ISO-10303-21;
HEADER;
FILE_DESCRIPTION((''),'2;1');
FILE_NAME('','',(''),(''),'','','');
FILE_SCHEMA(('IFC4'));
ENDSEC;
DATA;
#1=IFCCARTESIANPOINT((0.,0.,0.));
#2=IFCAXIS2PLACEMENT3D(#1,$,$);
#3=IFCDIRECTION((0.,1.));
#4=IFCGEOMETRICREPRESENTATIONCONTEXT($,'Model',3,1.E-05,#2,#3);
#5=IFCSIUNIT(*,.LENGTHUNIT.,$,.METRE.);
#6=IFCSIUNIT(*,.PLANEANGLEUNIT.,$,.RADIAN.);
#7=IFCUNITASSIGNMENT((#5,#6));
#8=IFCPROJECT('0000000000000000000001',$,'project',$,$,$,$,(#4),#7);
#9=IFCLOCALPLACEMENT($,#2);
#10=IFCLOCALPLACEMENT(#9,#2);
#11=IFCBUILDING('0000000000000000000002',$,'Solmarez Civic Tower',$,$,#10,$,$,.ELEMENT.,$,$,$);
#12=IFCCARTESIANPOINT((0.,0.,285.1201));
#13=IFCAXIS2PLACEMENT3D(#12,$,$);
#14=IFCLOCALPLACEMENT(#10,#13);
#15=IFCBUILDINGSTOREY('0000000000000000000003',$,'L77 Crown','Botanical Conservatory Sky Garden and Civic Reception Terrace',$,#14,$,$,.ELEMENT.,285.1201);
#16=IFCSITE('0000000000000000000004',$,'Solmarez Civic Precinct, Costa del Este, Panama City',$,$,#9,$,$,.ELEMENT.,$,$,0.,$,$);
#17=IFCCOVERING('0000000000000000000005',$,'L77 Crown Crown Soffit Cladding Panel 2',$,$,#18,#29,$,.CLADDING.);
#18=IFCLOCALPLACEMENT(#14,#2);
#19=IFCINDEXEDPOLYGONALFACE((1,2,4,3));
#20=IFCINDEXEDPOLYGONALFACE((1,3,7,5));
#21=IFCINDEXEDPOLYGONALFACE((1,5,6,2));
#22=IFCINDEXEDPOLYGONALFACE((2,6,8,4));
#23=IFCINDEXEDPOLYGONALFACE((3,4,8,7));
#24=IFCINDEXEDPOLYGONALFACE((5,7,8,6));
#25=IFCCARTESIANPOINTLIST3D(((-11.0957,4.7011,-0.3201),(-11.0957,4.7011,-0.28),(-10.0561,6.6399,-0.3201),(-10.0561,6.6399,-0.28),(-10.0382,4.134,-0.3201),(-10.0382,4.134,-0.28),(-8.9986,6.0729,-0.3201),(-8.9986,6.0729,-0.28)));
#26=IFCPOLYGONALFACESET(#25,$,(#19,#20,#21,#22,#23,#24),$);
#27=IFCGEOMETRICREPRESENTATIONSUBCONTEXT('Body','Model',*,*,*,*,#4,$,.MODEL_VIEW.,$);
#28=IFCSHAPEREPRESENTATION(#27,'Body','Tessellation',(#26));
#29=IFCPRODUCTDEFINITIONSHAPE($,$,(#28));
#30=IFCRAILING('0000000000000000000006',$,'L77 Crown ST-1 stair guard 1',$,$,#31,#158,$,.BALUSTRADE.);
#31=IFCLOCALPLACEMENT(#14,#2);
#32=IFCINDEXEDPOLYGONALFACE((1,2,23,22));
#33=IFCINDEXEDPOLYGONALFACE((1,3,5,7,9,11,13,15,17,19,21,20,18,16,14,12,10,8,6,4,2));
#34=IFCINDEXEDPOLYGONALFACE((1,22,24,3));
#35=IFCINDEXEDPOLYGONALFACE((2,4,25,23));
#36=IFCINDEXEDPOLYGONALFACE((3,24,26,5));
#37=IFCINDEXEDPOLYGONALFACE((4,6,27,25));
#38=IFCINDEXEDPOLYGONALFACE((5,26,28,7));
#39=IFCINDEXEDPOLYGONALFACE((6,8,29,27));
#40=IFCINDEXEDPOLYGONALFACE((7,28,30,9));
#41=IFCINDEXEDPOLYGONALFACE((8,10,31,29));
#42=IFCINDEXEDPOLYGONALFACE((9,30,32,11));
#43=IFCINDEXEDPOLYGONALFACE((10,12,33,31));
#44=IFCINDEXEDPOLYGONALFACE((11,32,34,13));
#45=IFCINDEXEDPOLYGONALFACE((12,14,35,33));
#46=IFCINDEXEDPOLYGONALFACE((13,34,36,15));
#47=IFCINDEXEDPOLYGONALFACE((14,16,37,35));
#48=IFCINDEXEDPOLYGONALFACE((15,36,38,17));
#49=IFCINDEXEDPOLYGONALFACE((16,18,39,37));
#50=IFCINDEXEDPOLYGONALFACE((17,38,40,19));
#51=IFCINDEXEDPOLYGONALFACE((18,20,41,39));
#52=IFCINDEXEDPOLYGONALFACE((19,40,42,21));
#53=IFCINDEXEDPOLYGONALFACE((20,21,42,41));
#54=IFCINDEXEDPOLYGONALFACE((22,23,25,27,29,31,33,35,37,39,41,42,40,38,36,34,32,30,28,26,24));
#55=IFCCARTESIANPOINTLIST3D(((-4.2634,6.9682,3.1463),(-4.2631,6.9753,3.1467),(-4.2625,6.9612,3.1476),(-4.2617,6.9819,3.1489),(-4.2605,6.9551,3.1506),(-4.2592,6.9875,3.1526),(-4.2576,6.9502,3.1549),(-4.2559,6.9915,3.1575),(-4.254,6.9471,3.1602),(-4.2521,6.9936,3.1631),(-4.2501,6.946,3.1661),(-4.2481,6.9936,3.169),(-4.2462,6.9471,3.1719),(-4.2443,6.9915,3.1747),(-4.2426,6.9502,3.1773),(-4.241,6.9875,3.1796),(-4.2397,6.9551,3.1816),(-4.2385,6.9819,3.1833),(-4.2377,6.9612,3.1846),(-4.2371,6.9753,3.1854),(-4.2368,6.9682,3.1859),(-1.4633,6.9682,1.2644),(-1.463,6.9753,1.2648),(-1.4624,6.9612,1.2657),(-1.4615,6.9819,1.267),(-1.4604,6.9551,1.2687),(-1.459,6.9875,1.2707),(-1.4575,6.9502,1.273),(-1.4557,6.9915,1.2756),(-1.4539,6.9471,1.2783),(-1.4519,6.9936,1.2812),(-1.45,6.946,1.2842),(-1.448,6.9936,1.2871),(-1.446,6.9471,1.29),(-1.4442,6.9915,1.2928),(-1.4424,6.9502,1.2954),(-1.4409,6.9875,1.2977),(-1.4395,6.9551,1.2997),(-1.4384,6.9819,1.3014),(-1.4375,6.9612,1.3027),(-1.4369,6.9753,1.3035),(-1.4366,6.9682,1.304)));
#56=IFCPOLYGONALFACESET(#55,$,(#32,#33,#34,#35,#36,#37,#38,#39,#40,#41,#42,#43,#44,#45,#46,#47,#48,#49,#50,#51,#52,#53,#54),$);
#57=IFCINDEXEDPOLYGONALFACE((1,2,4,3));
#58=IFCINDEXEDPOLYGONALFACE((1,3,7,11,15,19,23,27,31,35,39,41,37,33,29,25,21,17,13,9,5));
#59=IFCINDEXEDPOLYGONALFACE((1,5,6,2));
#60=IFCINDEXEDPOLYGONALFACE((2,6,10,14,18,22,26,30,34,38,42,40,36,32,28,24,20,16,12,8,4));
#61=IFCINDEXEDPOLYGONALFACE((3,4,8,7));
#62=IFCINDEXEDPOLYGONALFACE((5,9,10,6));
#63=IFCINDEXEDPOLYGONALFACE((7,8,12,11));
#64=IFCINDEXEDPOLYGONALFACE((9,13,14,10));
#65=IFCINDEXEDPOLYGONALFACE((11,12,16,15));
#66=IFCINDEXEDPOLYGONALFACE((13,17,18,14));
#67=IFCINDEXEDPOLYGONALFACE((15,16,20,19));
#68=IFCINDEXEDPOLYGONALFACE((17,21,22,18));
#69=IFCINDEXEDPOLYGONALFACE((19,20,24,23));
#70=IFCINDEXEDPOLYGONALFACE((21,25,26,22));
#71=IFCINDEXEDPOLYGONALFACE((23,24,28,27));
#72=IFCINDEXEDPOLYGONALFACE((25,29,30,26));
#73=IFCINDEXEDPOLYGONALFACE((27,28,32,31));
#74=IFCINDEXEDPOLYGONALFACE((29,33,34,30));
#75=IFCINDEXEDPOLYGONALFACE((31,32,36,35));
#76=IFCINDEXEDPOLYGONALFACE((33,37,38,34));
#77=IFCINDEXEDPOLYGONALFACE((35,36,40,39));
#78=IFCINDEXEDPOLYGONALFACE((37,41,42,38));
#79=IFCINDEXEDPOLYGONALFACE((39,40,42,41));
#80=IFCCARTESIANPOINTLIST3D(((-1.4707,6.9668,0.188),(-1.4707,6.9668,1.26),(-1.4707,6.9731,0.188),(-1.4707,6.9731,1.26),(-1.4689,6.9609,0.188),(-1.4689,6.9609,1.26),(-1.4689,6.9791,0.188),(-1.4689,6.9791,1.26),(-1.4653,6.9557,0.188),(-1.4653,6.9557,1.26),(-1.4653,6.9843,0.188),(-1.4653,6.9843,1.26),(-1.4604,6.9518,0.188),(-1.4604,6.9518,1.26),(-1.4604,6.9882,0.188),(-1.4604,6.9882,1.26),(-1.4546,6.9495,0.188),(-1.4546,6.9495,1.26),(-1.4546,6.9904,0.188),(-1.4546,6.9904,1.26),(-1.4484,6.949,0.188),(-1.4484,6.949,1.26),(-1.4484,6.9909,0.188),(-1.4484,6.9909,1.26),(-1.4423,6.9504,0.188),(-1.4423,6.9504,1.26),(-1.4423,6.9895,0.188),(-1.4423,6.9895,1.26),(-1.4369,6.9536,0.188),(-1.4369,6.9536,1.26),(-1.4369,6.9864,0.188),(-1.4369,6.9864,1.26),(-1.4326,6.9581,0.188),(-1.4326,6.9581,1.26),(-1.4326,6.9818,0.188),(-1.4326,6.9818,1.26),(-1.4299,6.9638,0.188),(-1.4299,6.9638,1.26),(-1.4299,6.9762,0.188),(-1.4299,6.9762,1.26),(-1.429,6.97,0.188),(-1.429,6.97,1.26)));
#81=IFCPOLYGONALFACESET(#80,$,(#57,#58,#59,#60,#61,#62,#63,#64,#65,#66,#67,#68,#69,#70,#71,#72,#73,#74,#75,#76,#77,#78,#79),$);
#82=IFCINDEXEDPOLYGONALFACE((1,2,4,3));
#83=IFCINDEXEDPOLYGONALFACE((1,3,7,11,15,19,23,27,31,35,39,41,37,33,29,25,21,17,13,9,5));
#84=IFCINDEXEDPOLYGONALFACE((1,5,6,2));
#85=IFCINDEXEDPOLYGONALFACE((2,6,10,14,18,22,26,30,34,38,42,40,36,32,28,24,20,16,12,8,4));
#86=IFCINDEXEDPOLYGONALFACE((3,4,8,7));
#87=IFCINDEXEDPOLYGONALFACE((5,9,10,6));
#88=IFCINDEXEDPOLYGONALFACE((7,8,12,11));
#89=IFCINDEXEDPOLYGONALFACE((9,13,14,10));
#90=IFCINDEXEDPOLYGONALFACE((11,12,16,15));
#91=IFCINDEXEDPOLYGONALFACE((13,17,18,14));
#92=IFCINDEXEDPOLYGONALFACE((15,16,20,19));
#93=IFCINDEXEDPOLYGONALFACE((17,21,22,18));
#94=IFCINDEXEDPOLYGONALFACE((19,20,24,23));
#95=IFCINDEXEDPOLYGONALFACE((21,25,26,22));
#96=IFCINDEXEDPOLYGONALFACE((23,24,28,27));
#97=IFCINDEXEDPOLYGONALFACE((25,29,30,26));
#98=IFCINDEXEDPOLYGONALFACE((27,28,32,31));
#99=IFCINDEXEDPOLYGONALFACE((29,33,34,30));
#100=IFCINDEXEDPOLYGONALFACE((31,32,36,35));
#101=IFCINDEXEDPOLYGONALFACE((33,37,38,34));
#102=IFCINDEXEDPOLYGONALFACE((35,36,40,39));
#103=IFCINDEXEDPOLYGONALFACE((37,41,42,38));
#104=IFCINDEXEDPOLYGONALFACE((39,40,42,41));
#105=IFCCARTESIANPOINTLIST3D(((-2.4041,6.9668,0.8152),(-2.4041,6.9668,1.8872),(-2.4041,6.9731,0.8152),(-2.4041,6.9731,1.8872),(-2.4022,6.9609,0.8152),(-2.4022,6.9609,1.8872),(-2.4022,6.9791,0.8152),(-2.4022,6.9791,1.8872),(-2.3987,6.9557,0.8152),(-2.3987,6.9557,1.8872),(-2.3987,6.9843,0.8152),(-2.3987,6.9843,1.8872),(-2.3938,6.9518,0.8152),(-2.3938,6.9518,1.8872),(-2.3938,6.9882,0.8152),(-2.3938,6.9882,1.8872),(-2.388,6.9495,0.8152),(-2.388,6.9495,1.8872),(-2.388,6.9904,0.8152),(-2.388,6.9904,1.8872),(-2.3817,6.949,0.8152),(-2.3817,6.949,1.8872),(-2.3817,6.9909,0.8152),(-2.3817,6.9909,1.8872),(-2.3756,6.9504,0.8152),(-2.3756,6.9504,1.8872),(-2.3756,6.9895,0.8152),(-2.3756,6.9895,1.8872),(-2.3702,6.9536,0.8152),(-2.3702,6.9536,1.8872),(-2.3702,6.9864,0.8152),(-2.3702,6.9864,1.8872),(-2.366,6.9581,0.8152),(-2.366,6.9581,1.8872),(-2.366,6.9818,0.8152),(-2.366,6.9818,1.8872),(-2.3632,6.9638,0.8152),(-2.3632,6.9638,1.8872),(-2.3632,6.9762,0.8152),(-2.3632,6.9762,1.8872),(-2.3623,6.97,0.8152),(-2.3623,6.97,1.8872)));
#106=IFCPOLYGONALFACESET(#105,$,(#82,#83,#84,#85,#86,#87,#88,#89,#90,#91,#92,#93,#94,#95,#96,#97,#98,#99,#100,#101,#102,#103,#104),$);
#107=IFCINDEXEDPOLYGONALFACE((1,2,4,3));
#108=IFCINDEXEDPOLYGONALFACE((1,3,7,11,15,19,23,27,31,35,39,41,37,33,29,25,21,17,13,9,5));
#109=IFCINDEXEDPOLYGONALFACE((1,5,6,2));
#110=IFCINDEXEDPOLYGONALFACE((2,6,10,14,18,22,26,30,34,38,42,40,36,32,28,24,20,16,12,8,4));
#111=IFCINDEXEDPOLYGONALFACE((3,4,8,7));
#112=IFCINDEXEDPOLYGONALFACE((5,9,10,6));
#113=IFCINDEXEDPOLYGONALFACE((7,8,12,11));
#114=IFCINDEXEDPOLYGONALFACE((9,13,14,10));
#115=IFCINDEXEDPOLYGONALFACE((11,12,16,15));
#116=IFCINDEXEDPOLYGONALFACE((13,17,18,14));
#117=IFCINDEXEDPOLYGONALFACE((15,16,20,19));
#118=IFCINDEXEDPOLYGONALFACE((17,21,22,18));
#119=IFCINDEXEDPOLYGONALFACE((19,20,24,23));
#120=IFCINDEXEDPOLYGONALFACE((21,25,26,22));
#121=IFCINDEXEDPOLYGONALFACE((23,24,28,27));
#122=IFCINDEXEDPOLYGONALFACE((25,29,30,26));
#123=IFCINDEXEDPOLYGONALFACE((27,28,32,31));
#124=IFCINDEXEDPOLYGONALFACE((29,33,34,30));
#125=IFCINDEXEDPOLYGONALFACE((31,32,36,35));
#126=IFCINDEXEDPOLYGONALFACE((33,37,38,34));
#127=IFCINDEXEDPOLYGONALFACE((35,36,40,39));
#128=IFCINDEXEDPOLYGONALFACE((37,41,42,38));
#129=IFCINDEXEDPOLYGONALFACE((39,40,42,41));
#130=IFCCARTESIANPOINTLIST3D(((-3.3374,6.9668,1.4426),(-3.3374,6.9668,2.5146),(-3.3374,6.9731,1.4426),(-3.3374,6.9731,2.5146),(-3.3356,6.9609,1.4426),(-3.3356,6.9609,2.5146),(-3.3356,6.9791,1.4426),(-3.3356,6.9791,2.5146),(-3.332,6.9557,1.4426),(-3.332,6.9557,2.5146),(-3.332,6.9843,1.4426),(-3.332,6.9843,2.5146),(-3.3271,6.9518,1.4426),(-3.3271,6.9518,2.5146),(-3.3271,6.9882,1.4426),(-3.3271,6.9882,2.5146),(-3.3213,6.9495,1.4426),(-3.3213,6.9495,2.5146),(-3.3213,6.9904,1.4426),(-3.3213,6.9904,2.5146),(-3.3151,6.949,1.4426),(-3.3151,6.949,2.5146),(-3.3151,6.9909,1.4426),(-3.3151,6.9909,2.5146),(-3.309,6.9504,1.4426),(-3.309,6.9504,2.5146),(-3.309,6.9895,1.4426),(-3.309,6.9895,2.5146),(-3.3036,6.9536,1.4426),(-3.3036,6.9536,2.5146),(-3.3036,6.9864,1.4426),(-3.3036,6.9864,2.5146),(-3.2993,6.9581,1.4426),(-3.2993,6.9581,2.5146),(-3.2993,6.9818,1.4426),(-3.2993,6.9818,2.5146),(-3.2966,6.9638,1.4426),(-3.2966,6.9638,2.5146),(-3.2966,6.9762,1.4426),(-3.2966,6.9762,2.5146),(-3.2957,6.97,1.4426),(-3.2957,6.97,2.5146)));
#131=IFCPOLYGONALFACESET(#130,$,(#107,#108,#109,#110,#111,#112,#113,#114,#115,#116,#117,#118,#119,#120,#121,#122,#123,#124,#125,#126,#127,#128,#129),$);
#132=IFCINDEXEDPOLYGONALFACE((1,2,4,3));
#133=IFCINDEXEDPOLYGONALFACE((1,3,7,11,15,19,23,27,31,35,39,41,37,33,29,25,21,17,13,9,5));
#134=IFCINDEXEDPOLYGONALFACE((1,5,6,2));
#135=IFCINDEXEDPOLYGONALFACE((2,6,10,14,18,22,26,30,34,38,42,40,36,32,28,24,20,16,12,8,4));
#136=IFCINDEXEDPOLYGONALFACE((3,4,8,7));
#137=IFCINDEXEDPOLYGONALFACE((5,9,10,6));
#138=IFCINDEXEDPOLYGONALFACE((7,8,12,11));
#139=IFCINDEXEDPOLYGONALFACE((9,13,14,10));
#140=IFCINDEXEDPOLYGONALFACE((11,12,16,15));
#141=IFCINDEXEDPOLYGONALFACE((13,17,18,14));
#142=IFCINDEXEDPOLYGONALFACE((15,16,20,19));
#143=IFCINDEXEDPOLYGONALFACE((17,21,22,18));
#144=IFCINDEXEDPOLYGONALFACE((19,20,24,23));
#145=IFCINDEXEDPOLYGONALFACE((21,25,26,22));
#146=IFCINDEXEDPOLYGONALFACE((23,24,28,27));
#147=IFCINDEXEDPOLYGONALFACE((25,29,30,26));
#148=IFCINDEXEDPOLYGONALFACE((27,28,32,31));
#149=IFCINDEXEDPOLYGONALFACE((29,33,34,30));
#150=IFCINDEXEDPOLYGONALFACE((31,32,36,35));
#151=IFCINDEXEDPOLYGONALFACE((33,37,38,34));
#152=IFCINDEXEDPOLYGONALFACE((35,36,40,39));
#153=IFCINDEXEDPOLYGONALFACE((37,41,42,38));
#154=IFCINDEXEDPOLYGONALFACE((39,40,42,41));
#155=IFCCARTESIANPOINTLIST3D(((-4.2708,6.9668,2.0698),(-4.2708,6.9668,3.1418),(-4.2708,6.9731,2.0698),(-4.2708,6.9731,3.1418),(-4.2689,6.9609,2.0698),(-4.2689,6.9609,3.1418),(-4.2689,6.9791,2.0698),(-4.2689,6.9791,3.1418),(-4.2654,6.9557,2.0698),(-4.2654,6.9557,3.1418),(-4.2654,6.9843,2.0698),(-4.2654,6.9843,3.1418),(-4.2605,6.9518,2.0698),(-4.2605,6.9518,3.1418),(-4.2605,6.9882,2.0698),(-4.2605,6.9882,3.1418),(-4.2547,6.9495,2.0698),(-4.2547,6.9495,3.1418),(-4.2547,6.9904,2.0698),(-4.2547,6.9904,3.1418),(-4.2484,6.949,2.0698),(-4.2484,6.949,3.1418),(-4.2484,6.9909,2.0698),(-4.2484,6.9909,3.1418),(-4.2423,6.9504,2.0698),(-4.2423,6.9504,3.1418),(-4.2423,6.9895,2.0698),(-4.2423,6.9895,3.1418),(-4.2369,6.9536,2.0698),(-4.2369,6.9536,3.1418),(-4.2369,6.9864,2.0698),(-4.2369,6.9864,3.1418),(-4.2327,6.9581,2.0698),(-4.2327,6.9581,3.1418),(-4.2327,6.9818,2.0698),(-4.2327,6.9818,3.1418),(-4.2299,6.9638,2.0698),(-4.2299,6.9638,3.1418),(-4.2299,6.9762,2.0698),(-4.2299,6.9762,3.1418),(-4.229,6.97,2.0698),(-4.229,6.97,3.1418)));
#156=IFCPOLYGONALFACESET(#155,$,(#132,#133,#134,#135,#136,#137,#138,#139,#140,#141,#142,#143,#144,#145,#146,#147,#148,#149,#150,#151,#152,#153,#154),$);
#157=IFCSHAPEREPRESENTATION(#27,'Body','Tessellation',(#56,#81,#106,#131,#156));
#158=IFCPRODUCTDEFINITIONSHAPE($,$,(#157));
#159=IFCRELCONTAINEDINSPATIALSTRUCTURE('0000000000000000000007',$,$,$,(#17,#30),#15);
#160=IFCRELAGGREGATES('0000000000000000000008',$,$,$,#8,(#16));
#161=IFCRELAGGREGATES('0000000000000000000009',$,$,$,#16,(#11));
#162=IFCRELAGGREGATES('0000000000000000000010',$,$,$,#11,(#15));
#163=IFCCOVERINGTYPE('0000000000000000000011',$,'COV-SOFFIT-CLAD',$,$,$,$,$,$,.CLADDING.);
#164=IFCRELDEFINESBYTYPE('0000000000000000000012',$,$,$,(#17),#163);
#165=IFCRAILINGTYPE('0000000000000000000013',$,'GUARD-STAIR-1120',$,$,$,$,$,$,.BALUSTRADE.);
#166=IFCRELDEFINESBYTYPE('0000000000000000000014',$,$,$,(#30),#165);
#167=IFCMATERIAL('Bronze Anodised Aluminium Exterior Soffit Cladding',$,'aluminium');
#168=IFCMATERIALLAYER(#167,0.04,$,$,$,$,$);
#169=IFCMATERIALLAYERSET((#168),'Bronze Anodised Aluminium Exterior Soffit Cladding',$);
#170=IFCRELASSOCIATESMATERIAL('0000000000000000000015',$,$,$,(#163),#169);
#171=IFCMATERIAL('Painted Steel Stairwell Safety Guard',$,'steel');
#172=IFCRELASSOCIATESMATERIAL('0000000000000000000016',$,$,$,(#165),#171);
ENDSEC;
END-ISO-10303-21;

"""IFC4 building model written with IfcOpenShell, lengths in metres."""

from ifc_helpers import new_model, si_unit, direction, frame, origin, origin_2d, place, context, subcontext, project, spatial, rectangle, circle, extrude, material, layer, layer_set, type_object, element, save


model = new_model("IFC4")

# Units and contexts
model_context = context("Model", 3, precision=1e-05, world=origin(), true_north=direction((0.0, 1.0)))
body_context = subcontext(model_context, "Body", "Model", "MODEL_VIEW")
ifc_project = project(units=[si_unit("LENGTHUNIT", "METRE"), si_unit("PLANEANGLEUNIT", "RADIAN")], contexts=[model_context])

# Site, building, storey
site_placement = place(None, origin())
site = spatial("IfcSite", under=ifc_project, at=site_placement, Name="Solmarez Civic Precinct, Costa del Este, Panama City", CompositionType="ELEMENT", RefElevation=0.0)
building_placement = place(site_placement, origin())
building = spatial("IfcBuilding", under=site, at=building_placement, Name="Solmarez Civic Tower", CompositionType="ELEMENT")
storey_placement = place(building_placement, frame((0.0, 0.0, 285.1201)))
storey = spatial("IfcBuildingStorey", under=building, at=storey_placement, Name="L77 Crown", Description="Botanical Conservatory Sky Garden and Civic Reception Terrace", CompositionType="ELEMENT", Elevation=285.1201)

# Covering
ifc_material_1 = material(Name="Bronze Anodised Aluminium Exterior Soffit Cladding", Category="aluminium")
ifc_layer_1 = layer(ifc_material_1, 0.04)
ifc_layer_set_1 = layer_set([ifc_layer_1], Name="Bronze Anodised Aluminium Exterior Soffit Cladding")
covering_type = type_object("IfcCoveringType", Name="COV-SOFFIT-CLAD", PredefinedType="CLADDING", material=ifc_layer_set_1)
covering_placement = place(storey_placement, frame((-10.0471, 5.387, -0.3201), z_axis=(0.0, 0.0, 1.0), x_axis=(0.472551, 0.881303, 0.0)))
element("IfcCovering", 1, at=covering_placement, inside=storey, type_object=covering_type, Name="L77 Crown Crown Soffit Cladding Panel 2", PredefinedType="CLADDING", context=body_context, shape_type="SweptSolid", body=[
    extrude(rectangle(XDim=2.2, YDim=1.2, at=origin_2d()), origin(), (0.0, 0.0, 1.0), 0.04),
])

# Railing
ifc_material_2 = material(Name="Painted Steel Stairwell Safety Guard", Category="steel")
railing_type_1 = type_object("IfcRailingType", Name="GUARD-STAIR-1120", PredefinedType="BALUSTRADE", material=ifc_material_2)
railing_1_placement = place(storey_placement, frame((-1.45, 6.97, 0.188)))
element("IfcRailing", 2, at=railing_1_placement, inside=storey, type_object=railing_type_1, Name="L77 Crown ST-1 stair guard 1", PredefinedType="BALUSTRADE", context=body_context, shape_type="SweptSolid", body=[
    extrude(circle(Radius=0.0239, at=origin_2d()), frame((0.0, 0.0, 1.0962), z_axis=(-0.829974, 0.0, 0.557803), x_axis=(0.0, -1.0, 0.0)), (0.0, 0.0, 1.0), 3.3738),
    extrude(circle(Radius=0.021, at=origin_2d()), origin(), (0.0, 0.0, 1.0), 1.072),
    extrude(circle(Radius=0.021, at=origin_2d()), frame((-0.9333, 0.0, 0.6272)), (0.0, 0.0, 1.0), 1.072),
    extrude(circle(Radius=0.021, at=origin_2d()), frame((-1.8667, 0.0, 1.2546)), (0.0, 0.0, 1.0), 1.072),
    extrude(circle(Radius=0.021, at=origin_2d()), frame((-2.8, 0.0, 1.8818)), (0.0, 0.0, 1.0), 1.072),
])

save(model, "model.ifc")
